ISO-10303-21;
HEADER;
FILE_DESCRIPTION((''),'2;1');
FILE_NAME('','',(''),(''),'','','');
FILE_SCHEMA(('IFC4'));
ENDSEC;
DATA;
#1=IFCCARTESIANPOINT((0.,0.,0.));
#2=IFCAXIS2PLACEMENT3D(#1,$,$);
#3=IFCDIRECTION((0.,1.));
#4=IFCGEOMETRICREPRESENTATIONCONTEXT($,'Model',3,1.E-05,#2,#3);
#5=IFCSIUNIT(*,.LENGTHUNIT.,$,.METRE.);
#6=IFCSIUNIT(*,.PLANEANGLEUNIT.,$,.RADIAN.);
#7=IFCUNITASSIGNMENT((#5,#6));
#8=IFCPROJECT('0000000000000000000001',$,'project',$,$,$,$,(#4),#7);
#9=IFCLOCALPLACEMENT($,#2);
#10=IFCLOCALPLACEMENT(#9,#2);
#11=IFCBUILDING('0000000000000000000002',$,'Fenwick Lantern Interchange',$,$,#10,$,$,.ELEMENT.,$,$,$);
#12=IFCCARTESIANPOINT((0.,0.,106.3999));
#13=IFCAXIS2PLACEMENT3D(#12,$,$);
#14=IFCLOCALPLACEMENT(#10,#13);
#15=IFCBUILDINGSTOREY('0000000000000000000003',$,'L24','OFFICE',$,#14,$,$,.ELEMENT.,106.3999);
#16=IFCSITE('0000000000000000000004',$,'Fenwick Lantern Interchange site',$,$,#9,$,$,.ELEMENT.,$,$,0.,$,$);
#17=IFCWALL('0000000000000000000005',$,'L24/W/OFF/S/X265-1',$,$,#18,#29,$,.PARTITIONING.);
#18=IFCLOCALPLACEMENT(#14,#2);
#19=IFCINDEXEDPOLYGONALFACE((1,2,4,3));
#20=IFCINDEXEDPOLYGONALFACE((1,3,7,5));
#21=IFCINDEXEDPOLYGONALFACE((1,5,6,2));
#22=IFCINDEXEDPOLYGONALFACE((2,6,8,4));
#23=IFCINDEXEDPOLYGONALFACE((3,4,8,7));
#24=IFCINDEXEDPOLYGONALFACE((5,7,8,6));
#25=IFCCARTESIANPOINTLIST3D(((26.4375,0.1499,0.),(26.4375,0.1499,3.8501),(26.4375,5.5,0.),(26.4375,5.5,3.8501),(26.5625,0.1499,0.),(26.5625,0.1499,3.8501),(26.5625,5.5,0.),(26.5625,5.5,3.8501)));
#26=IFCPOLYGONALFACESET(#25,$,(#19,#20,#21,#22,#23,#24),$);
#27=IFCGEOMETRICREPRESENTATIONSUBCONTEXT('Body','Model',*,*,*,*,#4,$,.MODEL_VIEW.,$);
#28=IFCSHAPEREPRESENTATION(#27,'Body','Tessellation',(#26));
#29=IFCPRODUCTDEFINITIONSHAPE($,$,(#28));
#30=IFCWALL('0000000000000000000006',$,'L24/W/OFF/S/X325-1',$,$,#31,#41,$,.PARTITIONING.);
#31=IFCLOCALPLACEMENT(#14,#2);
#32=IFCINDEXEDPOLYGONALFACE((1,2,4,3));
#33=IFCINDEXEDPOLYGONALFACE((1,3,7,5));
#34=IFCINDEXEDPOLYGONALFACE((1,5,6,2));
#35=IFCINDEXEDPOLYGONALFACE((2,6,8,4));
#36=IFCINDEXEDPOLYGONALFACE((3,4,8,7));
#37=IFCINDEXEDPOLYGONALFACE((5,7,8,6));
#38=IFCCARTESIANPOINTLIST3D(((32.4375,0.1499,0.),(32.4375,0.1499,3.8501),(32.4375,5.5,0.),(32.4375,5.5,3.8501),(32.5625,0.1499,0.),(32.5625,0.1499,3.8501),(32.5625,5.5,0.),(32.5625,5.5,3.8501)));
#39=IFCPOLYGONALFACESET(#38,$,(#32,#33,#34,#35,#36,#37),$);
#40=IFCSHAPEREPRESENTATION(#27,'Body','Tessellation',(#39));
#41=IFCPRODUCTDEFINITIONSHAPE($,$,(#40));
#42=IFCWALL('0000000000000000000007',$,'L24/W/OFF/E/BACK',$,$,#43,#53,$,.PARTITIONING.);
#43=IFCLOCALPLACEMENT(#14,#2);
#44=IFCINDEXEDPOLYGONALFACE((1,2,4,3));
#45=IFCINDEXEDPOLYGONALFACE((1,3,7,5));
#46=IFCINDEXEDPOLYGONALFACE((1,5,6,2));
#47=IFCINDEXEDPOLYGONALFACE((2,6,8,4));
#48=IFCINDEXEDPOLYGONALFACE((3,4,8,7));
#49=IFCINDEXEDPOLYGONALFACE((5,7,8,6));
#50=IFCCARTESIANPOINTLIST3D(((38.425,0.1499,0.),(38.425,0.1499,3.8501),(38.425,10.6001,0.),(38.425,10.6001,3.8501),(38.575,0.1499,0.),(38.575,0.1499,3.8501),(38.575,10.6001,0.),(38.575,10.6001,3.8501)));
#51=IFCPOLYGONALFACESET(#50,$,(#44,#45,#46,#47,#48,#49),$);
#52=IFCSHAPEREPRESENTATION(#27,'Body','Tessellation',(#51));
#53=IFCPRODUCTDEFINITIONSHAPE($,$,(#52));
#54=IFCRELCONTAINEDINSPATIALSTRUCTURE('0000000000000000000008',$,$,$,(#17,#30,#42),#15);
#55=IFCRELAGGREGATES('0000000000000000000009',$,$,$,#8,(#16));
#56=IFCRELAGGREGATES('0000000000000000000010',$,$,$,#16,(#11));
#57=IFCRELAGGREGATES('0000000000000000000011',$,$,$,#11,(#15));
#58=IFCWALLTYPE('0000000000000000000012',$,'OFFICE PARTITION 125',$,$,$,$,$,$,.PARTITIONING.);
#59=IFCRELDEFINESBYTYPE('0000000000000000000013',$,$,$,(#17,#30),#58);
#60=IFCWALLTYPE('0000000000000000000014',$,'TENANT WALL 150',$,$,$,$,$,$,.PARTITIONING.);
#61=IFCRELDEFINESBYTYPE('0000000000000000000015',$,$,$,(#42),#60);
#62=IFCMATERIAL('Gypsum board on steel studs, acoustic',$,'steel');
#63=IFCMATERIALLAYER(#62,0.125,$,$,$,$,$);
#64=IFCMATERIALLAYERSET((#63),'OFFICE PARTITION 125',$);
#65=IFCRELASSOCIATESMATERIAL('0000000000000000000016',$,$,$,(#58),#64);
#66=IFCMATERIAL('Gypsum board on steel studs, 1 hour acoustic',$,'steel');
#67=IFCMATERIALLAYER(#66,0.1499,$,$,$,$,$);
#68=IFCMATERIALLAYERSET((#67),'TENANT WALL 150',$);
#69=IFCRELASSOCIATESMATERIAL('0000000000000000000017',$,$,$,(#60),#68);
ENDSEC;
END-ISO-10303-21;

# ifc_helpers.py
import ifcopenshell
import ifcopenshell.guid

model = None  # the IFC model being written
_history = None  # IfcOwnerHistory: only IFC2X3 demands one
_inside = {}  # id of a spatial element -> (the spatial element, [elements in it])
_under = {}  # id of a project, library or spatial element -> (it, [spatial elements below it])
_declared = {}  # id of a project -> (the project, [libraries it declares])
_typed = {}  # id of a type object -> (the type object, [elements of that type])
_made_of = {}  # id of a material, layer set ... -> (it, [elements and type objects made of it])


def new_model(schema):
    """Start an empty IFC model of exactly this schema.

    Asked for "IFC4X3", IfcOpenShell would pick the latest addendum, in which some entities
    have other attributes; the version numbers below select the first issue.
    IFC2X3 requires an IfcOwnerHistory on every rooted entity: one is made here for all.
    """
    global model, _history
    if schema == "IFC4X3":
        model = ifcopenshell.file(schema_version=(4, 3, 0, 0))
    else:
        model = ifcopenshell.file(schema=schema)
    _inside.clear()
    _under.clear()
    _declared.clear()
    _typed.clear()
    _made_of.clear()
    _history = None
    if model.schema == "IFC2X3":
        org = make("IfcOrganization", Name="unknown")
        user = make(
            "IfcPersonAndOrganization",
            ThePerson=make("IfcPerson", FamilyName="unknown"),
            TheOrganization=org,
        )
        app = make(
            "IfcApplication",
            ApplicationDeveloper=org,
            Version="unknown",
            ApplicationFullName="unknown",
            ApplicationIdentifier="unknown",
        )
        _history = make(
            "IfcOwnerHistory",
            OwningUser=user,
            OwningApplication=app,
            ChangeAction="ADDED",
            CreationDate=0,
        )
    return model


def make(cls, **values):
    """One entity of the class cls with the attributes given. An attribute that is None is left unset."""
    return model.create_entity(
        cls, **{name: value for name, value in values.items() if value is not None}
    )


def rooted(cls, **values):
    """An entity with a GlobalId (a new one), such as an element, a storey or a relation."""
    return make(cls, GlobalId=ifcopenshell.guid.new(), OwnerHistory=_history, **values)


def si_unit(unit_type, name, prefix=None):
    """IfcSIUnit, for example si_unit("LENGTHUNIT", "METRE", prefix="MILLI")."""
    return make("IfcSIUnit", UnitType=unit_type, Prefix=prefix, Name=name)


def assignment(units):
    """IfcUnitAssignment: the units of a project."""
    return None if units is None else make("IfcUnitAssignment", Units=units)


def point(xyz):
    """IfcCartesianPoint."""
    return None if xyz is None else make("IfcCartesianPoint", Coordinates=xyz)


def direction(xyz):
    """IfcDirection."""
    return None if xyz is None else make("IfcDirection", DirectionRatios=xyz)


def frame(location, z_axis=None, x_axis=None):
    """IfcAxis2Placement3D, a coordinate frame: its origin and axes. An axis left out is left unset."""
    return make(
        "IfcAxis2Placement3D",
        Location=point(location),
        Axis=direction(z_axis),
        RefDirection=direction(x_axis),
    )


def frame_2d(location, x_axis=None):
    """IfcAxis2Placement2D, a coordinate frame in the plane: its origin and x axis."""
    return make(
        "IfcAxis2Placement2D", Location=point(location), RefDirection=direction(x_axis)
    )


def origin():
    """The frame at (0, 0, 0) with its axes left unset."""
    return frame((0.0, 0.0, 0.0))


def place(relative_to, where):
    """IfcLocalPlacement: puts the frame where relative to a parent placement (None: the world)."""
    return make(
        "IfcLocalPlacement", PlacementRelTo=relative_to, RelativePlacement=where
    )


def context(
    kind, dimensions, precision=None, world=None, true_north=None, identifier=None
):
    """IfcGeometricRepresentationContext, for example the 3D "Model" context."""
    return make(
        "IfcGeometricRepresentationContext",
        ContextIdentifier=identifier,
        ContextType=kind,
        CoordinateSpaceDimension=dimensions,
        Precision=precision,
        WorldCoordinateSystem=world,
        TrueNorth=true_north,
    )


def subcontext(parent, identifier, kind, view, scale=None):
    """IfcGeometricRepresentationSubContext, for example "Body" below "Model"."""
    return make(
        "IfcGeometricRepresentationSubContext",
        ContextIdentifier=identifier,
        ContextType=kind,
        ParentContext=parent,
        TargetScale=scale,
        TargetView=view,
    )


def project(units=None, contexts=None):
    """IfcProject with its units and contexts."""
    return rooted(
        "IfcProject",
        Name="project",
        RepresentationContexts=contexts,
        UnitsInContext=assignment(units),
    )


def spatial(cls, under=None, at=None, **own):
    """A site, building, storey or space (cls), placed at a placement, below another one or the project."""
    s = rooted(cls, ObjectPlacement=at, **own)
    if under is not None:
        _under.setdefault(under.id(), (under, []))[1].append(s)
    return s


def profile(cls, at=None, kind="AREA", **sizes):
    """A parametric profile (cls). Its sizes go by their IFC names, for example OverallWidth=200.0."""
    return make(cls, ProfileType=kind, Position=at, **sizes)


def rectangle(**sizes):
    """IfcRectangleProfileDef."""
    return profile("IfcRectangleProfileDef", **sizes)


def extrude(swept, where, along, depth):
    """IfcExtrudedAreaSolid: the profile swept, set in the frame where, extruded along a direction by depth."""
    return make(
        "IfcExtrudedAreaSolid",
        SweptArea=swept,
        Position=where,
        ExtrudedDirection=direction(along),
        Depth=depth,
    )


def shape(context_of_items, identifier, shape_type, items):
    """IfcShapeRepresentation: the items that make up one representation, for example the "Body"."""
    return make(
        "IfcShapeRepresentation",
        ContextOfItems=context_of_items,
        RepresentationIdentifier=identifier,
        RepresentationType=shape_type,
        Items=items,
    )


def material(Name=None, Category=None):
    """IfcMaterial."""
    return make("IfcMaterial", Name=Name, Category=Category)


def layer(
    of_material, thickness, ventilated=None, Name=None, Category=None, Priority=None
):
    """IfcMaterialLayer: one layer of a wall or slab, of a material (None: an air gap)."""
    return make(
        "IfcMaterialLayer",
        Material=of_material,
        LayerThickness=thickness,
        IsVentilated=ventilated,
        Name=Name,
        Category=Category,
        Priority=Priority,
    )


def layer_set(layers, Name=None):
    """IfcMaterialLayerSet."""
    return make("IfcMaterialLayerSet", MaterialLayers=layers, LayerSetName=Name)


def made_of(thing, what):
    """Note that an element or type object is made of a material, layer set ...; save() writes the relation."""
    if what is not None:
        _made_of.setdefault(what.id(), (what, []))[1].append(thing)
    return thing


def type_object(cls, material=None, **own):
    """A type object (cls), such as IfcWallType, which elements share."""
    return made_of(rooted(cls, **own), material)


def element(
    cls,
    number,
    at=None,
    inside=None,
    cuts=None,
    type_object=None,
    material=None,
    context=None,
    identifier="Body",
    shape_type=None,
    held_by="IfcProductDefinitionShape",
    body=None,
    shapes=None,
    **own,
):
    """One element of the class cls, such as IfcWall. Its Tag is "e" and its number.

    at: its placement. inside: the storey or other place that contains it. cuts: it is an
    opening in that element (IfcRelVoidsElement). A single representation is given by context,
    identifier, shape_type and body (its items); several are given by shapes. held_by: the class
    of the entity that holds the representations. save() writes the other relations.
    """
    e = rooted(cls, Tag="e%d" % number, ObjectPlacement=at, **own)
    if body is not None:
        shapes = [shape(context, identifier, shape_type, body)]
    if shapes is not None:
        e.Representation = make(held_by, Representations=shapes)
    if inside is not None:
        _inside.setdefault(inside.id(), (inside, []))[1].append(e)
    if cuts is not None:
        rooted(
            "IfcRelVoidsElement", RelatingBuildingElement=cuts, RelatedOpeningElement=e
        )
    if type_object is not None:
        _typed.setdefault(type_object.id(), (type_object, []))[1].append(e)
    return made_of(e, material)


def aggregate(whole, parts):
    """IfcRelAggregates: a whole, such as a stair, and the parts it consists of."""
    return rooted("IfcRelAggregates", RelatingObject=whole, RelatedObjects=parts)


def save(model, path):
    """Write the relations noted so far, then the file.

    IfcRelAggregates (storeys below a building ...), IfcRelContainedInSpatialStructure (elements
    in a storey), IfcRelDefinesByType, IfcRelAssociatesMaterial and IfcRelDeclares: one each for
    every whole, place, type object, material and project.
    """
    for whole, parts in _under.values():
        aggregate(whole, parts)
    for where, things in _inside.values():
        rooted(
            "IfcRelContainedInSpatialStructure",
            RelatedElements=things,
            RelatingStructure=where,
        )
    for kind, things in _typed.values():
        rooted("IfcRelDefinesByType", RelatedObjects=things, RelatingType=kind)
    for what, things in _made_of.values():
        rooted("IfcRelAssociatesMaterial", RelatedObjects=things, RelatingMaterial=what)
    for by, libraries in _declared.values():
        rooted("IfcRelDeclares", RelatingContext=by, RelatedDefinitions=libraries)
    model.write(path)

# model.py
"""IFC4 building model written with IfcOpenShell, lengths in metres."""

from ifc_helpers import new_model, si_unit, direction, frame, frame_2d, origin, place, context, subcontext, project, spatial, rectangle, extrude, material, layer, layer_set, type_object, element, save


model = new_model("IFC4")

# Units and contexts
model_context = context("Model", 3, precision=1e-05, world=origin(), true_north=direction((0.0, 1.0)))
body_context = subcontext(model_context, "Body", "Model", "MODEL_VIEW")
ifc_project = project(units=[si_unit("LENGTHUNIT", "METRE"), si_unit("PLANEANGLEUNIT", "RADIAN")], contexts=[model_context])

# Site, building, storey
site_placement = place(None, origin())
site = spatial("IfcSite", under=ifc_project, at=site_placement, Name="Fenwick Lantern Interchange site", CompositionType="ELEMENT", RefElevation=0.0)
building_placement = place(site_placement, origin())
building = spatial("IfcBuilding", under=site, at=building_placement, Name="Fenwick Lantern Interchange", CompositionType="ELEMENT")
storey_placement = place(building_placement, frame((0.0, 0.0, 106.3999)))
storey = spatial("IfcBuildingStorey", under=building, at=storey_placement, Name="L24", Description="OFFICE", CompositionType="ELEMENT", Elevation=106.3999)

# Walls
ifc_material_1 = material(Name="Gypsum board on steel studs, acoustic", Category="steel")
ifc_layer_1 = layer(ifc_material_1, 0.125)
ifc_layer_set_1 = layer_set([ifc_layer_1], Name="OFFICE PARTITION 125")
wall_type_1 = type_object("IfcWallType", Name="OFFICE PARTITION 125", PredefinedType="PARTITIONING", material=ifc_layer_set_1)
for number, where, z_axis, x_axis, name in (
    (1, (26.5, 0.1499, 0.0), (0.0, 0.0, 1.0), (0.0, 1.0, 0.0), "L24/W/OFF/S/X265-1"),
    (2, (32.5, 0.1499, 0.0), (0.0, 0.0, 1.0), (0.0, 1.0, 0.0), "L24/W/OFF/S/X325-1"),
):
    element("IfcWall", number, at=place(storey_placement, frame(where, z_axis=z_axis, x_axis=x_axis)), inside=storey, type_object=wall_type_1, Name=name, PredefinedType="PARTITIONING", context=body_context, shape_type="SweptSolid", body=[
        extrude(rectangle(XDim=5.3501, YDim=0.125, at=frame_2d((2.675, 0.0))), origin(), (0.0, 0.0, 1.0), 3.8501),
    ])
ifc_material_2 = material(Name="Gypsum board on steel studs, 1 hour acoustic", Category="steel")
ifc_layer_2 = layer(ifc_material_2, 0.1499)
ifc_layer_set_2 = layer_set([ifc_layer_2], Name="TENANT WALL 150")
wall_type_2 = type_object("IfcWallType", Name="TENANT WALL 150", PredefinedType="PARTITIONING", material=ifc_layer_set_2)
wall_1_placement = place(storey_placement, frame((38.5, 0.1499, 0.0), z_axis=(0.0, 0.0, 1.0), x_axis=(0.0, 1.0, 0.0)))
element("IfcWall", 3, at=wall_1_placement, inside=storey, type_object=wall_type_2, Name="L24/W/OFF/E/BACK", PredefinedType="PARTITIONING", context=body_context, shape_type="SweptSolid", body=[
    extrude(rectangle(XDim=10.4502, YDim=0.1499, at=frame_2d((5.2251, 0.0))), origin(), (0.0, 0.0, 1.0), 3.8501),
])

save(model, "model.ifc")
